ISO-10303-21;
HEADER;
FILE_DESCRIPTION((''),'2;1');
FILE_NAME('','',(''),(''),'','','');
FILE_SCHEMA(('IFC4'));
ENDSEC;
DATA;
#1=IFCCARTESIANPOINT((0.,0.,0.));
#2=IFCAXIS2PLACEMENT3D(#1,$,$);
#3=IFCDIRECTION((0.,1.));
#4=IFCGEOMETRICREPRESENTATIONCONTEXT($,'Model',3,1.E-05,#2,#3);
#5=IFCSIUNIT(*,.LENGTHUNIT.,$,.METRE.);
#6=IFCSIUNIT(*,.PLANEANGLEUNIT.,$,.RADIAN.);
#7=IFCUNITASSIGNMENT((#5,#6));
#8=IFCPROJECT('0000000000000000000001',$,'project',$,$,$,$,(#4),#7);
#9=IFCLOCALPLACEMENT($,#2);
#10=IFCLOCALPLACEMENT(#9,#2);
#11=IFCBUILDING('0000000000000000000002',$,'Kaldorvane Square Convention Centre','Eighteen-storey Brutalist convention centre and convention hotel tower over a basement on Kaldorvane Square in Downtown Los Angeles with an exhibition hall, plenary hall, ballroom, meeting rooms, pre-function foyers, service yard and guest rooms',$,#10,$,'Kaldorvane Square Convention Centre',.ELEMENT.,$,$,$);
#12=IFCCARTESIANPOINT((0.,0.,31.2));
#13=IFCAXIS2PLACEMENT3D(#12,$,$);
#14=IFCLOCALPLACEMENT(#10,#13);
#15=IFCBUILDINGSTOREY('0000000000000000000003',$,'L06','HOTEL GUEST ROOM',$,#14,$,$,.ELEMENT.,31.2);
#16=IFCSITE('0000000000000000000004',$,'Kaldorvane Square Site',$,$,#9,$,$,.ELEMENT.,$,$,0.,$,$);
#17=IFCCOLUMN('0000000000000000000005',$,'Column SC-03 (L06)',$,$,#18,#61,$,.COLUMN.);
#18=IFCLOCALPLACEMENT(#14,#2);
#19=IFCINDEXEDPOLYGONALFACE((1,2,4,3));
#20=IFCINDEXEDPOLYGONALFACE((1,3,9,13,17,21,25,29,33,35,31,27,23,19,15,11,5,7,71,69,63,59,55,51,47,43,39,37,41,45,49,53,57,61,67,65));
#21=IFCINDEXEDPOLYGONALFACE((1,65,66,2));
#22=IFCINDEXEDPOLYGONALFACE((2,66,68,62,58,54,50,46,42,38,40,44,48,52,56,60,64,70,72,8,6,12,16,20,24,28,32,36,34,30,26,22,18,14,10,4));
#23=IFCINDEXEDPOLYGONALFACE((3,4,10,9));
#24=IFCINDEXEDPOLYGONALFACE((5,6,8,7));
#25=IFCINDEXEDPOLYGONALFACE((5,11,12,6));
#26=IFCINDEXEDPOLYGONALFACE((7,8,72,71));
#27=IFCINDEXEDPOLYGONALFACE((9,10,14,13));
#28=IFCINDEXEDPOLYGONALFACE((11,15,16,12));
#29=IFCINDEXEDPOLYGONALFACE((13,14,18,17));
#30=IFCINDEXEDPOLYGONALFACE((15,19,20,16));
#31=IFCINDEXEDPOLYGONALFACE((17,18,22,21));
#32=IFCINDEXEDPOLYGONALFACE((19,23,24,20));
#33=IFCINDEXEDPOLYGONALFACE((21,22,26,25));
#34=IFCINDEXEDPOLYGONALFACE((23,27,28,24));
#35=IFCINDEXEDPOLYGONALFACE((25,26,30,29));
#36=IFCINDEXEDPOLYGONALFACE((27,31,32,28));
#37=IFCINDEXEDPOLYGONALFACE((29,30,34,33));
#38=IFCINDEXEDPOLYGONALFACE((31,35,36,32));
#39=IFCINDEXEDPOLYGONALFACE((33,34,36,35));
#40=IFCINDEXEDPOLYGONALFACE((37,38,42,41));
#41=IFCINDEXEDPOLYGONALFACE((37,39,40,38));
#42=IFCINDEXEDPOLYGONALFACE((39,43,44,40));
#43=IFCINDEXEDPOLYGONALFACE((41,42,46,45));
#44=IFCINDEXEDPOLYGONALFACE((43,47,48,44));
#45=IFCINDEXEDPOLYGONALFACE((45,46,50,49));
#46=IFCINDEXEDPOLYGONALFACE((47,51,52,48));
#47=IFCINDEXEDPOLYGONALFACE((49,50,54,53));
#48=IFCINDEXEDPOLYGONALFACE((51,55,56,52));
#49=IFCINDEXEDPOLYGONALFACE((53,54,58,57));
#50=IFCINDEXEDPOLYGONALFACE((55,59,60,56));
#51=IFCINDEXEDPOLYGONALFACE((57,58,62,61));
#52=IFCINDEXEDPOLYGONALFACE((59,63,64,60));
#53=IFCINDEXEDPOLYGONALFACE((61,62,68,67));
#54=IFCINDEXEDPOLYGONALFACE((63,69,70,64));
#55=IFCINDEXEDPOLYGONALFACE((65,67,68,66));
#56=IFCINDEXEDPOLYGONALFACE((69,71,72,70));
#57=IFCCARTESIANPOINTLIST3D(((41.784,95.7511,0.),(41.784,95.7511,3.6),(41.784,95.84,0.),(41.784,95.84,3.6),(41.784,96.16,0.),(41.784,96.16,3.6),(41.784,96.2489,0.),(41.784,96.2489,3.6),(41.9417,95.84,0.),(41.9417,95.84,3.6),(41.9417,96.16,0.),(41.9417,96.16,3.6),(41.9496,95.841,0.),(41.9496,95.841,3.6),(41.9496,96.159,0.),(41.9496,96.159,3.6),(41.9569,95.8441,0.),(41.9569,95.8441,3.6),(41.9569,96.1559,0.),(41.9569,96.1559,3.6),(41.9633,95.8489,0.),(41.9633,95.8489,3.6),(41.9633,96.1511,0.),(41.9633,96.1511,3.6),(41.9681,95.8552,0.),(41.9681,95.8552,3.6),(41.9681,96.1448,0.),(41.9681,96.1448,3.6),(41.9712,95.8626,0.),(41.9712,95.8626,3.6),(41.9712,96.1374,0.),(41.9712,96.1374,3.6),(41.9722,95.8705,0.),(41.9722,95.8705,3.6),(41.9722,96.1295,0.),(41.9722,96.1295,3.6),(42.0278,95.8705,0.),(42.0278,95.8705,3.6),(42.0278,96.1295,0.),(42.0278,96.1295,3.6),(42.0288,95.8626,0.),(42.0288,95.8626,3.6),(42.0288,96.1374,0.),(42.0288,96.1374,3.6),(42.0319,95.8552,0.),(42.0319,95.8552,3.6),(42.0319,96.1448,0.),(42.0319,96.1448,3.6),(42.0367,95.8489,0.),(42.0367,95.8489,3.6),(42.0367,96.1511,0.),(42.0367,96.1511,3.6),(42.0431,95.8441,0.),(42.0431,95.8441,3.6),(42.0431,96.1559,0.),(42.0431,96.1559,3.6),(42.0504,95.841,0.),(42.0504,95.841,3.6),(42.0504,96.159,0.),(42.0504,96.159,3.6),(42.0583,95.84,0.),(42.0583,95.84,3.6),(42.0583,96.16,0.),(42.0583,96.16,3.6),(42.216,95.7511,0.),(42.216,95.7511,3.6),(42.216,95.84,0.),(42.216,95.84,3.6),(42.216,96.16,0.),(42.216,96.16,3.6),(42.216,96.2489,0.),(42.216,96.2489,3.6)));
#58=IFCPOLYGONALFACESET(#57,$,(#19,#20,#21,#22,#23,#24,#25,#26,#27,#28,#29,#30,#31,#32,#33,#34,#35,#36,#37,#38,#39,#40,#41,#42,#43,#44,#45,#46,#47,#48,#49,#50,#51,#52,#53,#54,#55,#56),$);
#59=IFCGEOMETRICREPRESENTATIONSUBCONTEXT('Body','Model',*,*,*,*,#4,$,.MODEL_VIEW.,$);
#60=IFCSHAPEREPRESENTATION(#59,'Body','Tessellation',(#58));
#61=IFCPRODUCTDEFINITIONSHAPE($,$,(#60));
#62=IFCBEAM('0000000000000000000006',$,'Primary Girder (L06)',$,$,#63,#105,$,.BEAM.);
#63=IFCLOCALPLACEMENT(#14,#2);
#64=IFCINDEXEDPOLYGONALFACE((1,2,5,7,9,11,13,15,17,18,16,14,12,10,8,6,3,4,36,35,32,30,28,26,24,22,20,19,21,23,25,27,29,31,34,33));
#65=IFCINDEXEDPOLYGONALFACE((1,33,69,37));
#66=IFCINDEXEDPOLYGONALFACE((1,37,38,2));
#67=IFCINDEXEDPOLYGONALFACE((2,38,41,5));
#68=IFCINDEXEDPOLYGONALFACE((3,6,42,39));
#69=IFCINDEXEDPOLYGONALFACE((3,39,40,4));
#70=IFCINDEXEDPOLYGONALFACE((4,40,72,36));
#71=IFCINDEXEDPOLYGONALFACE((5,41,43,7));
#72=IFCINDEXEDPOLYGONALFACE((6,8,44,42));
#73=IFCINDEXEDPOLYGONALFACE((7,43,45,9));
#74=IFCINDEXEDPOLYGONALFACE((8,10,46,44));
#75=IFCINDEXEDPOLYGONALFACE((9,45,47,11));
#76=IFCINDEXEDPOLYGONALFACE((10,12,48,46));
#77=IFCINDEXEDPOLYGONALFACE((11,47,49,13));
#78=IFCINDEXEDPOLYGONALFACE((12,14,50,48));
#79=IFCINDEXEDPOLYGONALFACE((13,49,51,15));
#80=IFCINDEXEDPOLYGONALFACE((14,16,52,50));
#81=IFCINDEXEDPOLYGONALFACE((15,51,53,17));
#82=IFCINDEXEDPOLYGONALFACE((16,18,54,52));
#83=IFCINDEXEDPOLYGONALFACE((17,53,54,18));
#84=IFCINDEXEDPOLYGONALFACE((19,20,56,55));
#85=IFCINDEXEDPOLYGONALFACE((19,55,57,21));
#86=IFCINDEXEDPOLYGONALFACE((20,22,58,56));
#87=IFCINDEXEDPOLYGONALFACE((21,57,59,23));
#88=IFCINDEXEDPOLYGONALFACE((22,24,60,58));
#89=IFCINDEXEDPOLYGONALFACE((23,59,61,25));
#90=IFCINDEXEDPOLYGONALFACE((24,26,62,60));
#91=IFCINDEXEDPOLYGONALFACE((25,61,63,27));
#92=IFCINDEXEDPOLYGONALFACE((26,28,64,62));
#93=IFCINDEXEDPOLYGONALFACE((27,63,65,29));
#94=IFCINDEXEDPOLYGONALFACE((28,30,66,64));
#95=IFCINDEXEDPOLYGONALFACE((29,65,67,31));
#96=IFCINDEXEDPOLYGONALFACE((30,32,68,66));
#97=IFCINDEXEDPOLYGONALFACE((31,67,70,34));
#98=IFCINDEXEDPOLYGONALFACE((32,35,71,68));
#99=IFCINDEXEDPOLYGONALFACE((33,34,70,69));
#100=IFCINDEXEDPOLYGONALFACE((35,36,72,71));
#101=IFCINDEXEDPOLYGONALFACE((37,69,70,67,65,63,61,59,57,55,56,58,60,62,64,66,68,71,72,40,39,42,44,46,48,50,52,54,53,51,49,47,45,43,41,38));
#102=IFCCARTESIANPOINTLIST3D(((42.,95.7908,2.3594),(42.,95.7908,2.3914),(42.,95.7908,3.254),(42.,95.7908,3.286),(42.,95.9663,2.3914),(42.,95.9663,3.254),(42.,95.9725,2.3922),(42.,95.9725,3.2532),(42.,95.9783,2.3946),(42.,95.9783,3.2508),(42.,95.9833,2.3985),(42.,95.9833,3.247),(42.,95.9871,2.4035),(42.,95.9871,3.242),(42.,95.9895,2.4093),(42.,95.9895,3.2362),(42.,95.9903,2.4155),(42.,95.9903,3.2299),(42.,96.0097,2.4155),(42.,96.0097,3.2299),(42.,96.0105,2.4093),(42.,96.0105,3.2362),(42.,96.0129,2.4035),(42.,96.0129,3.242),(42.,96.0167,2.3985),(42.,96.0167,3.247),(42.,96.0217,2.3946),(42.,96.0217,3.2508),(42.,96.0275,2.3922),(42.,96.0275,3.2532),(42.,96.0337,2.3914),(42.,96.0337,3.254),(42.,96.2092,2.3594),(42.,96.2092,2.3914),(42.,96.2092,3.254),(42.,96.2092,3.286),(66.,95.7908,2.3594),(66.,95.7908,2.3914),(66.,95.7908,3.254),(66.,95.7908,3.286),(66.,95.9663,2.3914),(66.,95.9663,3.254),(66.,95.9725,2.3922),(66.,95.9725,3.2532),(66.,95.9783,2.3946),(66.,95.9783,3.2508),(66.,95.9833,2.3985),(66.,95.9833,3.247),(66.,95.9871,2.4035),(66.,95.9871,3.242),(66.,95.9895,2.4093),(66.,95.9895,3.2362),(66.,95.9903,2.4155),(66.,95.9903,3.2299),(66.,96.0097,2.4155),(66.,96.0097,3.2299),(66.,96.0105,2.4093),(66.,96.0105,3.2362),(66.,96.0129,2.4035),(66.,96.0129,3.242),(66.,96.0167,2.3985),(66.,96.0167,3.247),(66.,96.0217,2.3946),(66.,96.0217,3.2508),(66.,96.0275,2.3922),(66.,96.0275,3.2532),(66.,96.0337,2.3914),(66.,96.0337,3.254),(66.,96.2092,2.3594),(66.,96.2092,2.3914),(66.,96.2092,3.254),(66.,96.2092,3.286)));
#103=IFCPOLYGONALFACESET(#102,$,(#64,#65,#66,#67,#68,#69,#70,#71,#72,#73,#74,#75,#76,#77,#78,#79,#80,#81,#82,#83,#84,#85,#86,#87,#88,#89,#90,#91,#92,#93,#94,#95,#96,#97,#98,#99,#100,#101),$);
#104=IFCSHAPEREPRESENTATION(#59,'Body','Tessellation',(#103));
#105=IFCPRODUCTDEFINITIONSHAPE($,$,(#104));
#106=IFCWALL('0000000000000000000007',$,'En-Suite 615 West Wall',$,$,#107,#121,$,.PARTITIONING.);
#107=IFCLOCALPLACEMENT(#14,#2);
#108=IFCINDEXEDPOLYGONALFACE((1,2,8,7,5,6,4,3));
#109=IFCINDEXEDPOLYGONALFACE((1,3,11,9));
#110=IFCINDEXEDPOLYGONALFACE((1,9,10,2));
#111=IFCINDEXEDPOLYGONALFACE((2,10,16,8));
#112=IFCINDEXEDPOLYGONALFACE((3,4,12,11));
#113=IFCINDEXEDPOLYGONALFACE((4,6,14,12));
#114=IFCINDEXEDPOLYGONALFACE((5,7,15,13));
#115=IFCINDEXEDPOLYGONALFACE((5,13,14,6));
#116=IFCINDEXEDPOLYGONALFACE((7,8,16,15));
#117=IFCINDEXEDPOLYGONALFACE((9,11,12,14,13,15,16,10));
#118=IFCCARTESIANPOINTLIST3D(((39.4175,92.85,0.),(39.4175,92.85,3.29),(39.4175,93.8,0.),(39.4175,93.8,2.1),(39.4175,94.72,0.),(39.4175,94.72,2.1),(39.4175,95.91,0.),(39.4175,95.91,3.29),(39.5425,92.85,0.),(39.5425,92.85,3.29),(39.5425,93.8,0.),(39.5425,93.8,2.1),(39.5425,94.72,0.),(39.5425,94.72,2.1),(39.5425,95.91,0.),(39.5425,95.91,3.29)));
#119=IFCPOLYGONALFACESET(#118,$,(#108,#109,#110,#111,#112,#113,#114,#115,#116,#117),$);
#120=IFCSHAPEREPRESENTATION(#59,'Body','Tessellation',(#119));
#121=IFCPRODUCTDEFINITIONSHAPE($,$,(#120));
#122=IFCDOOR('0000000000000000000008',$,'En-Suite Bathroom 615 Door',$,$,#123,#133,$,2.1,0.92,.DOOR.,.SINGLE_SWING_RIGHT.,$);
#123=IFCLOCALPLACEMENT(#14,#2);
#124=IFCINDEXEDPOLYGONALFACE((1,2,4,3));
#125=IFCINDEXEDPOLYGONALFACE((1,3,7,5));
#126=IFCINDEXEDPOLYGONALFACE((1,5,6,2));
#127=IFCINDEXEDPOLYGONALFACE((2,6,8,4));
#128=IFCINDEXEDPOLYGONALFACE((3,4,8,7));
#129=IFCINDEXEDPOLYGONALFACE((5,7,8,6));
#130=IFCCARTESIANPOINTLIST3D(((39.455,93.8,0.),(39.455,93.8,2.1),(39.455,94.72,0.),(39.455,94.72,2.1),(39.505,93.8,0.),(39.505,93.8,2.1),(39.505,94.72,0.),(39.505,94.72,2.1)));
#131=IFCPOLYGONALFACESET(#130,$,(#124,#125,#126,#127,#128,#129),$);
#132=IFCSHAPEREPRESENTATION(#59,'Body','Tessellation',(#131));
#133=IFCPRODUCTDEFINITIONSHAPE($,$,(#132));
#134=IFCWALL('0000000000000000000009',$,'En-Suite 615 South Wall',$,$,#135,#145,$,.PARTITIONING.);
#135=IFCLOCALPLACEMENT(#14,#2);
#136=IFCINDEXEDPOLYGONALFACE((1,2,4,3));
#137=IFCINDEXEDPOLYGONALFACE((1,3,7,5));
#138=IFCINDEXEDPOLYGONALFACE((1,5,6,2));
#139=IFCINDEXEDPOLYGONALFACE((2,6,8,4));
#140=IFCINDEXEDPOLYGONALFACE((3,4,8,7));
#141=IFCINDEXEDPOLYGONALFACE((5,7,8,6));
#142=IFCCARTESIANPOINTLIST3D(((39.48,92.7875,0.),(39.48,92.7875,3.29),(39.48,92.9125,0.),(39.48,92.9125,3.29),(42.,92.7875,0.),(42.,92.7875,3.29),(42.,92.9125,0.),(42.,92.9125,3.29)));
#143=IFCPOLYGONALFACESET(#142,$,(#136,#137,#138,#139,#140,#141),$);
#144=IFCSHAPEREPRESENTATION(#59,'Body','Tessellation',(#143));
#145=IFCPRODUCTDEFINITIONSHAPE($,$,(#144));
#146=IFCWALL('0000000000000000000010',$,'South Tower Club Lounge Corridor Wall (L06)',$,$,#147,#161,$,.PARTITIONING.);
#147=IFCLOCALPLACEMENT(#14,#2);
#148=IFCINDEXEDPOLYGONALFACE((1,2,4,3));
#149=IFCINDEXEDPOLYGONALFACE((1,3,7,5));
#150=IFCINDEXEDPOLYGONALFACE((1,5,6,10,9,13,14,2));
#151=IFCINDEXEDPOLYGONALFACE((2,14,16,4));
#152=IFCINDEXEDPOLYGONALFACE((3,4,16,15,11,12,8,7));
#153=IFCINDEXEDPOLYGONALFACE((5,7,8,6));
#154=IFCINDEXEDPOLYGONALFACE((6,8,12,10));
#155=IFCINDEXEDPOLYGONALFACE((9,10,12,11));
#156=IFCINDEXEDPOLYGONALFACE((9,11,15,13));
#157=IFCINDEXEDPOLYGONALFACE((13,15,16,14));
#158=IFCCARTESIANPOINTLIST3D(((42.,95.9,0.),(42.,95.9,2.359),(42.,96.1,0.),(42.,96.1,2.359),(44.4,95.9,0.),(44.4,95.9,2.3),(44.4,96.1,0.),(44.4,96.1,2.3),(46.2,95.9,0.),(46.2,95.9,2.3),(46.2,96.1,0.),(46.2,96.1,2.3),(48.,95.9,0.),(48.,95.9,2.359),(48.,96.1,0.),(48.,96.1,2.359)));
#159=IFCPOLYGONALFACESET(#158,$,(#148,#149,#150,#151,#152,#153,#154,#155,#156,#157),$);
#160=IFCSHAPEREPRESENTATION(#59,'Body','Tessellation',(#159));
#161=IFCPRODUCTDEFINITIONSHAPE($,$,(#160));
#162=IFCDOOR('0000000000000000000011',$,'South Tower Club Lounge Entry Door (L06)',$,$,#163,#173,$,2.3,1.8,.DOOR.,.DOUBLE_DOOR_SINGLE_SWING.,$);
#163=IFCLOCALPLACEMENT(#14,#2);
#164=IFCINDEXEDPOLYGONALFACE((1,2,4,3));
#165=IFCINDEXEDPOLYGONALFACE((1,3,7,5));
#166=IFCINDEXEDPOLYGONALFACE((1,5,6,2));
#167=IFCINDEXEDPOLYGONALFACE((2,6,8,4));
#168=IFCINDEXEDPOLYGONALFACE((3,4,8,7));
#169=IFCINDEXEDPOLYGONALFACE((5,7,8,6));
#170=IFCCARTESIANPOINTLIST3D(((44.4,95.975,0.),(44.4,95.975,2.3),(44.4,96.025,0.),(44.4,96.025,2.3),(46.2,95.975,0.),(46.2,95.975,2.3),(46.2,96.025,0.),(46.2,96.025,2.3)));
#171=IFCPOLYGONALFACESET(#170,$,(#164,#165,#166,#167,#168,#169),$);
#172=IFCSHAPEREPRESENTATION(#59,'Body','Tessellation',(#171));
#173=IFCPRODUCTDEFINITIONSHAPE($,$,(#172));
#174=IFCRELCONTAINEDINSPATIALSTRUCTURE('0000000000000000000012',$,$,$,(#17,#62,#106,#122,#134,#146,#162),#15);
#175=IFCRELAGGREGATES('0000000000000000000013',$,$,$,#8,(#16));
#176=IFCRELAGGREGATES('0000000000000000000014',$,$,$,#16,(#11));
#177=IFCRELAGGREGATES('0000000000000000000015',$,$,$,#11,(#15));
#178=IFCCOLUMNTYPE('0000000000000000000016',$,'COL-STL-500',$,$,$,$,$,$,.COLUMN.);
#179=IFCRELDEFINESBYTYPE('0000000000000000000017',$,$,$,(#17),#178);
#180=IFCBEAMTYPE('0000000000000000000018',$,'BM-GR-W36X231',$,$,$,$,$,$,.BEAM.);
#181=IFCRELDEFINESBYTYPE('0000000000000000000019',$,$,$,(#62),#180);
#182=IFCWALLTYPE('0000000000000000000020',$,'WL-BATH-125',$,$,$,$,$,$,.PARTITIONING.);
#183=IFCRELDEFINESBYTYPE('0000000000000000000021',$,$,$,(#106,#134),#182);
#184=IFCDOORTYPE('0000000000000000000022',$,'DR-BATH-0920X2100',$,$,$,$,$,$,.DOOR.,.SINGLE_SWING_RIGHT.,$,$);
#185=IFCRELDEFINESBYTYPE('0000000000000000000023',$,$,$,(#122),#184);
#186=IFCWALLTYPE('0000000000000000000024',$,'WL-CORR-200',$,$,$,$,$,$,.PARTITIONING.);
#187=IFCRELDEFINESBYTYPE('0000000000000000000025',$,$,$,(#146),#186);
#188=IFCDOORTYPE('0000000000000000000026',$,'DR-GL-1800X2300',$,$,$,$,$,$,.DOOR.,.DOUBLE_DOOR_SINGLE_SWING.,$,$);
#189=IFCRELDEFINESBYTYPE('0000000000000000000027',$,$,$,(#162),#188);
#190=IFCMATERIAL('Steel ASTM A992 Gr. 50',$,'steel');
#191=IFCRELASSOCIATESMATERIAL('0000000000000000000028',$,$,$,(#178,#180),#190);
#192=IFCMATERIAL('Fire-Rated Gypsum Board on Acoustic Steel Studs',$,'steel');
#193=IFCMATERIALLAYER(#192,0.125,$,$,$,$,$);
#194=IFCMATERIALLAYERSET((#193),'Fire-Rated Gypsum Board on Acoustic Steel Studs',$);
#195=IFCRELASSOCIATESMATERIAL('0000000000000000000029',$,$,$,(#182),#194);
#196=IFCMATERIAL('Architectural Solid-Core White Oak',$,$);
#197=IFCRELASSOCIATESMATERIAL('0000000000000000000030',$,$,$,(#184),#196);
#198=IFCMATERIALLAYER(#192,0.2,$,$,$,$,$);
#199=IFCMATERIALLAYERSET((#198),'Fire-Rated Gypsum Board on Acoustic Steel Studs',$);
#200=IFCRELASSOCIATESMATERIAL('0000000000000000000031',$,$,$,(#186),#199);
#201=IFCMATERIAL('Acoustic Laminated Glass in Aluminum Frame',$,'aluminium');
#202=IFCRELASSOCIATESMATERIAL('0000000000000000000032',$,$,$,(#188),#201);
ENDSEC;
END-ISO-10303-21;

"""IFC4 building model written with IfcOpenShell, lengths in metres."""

from ifc_helpers import new_model, si_unit, direction, frame, frame_2d, origin, origin_2d, place, context, subcontext, project, spatial, rectangle, i_section, extrude, material, layer, layer_set, material_profile, profile_set, type_object, element, fill, save


model = new_model("IFC4")

# Units and contexts
model_context = context("Model", 3, precision=1e-05, world=origin(), true_north=direction((0.0, 1.0)))
body_context = subcontext(model_context, "Body", "Model", "MODEL_VIEW")
ifc_project = project(units=[si_unit("LENGTHUNIT", "METRE"), si_unit("PLANEANGLEUNIT", "RADIAN")], contexts=[model_context])

# Site, building, storey
site_placement = place(None, origin())
site = spatial("IfcSite", under=ifc_project, at=site_placement, Name="Kaldorvane Square Site", CompositionType="ELEMENT", RefElevation=0.0)
building_placement = place(site_placement, origin())
building = spatial("IfcBuilding", under=site, at=building_placement, Name="Kaldorvane Square Convention Centre", Description="Eighteen-storey Brutalist convention centre and convention hotel tower over a basement on Kaldorvane Square in Downtown Los Angeles with an exhibition hall, plenary hall, ballroom, meeting rooms, pre-function foyers, service yard and guest rooms", LongName="Kaldorvane Square Convention Centre", CompositionType="ELEMENT")
storey_placement = place(building_placement, frame((0.0, 0.0, 31.2)))
storey = spatial("IfcBuildingStorey", under=building, at=storey_placement, Name="L06", Description="HOTEL GUEST ROOM", CompositionType="ELEMENT", Elevation=31.2)

# Column
ifc_material_1 = material(Name="Steel ASTM A992 Gr. 50", Category="steel")
ifc_material_profile_1 = material_profile(ifc_material_1, i_section(OverallWidth=0.4321, OverallDepth=0.4978, WebThickness=0.0556, FlangeThickness=0.0889, FilletRadius=0.0305, at=origin_2d()), Name="W14X500")
ifc_profile_set_1 = profile_set([ifc_material_profile_1], Name="Steel ASTM A992 Gr. 50")
column_type = type_object("IfcColumnType", Name="COL-STL-500", PredefinedType="COLUMN", material=ifc_profile_set_1)
column_placement = place(storey_placement, frame((42.0, 96.0, 0.0), z_axis=(0.0, 0.0, 1.0), x_axis=(1.0, 0.0, 0.0)))
element("IfcColumn", 1, at=column_placement, inside=storey, type_object=column_type, Name="Column SC-03 (L06)", PredefinedType="COLUMN", context=body_context, shape_type="SweptSolid", body=[
    extrude(i_section(OverallWidth=0.4321, OverallDepth=0.4978, WebThickness=0.0556, FlangeThickness=0.0889, FilletRadius=0.0305, at=origin_2d()), origin(), (0.0, 0.0, 1.0), 3.6),
])

# Beam
ifc_material_profile_2 = material_profile(ifc_material_1, i_section(OverallWidth=0.4183, OverallDepth=0.9266, WebThickness=0.0193, FlangeThickness=0.032, FilletRadius=0.0241, at=origin_2d()), Name="W36X231")
ifc_profile_set_2 = profile_set([ifc_material_profile_2], Name="Steel ASTM A992 Gr. 50")
beam_type = type_object("IfcBeamType", Name="BM-GR-W36X231", PredefinedType="BEAM", material=ifc_profile_set_2)
beam_placement = place(storey_placement, frame((42.0, 96.0, 2.8227), z_axis=(1.0, 0.0, 0.0), x_axis=(0.0, 1.0, 0.0)))
element("IfcBeam", 2, at=beam_placement, inside=storey, type_object=beam_type, Name="Primary Girder (L06)", PredefinedType="BEAM", context=body_context, shape_type="SweptSolid", body=[
    extrude(i_section(OverallWidth=0.4183, OverallDepth=0.9266, WebThickness=0.0193, FlangeThickness=0.032, FilletRadius=0.0241, at=origin_2d()), origin(), (0.0, 0.0, 1.0), 24.0),
])

# Wall, opening, door
ifc_material_2 = material(Name="Fire-Rated Gypsum Board on Acoustic Steel Studs", Category="steel")
ifc_layer_1 = layer(ifc_material_2, 0.125)
ifc_layer_set_1 = layer_set([ifc_layer_1], Name="Fire-Rated Gypsum Board on Acoustic Steel Studs")
wall_type_1 = type_object("IfcWallType", Name="WL-BATH-125", PredefinedType="PARTITIONING", material=ifc_layer_set_1)
wall_1_placement = place(storey_placement, frame((39.48, 92.85, 0.0), z_axis=(0.0, 0.0, 1.0), x_axis=(0.0, 1.0, 0.0)))
wall_1 = element("IfcWall", 3, at=wall_1_placement, inside=storey, type_object=wall_type_1, Name="En-Suite 615 West Wall", PredefinedType="PARTITIONING", context=body_context, shape_type="SweptSolid", body=[
    extrude(rectangle(XDim=3.06, YDim=0.125, at=frame_2d((1.53, 0.0))), origin(), (0.0, 0.0, 1.0), 3.29),
])
opening_1_placement = place(wall_1_placement, frame((0.95, 0.0, 0.0)))
opening_1 = element("IfcOpeningElement", 4, at=opening_1_placement, cuts=wall_1, PredefinedType="OPENING", context=body_context, shape_type="SweptSolid", body=[
    extrude(rectangle(XDim=0.92, YDim=2.1, at=frame_2d((0.46, 1.05))), frame((0.0, 0.0775, 0.0), z_axis=(0.0, -1.0, 0.0), x_axis=(1.0, 0.0, 0.0)), (0.0, 0.0, 1.0), 0.155),
])
ifc_material_3 = material(Name="Architectural Solid-Core White Oak")
door_type_1 = type_object("IfcDoorType", Name="DR-BATH-0920X2100", OperationType="SINGLE_SWING_RIGHT", PredefinedType="DOOR", material=ifc_material_3)
door_1_placement = place(opening_1_placement, origin())
door_1 = element("IfcDoor", 5, at=door_1_placement, inside=storey, type_object=door_type_1, Name="En-Suite Bathroom 615 Door", OperationType="SINGLE_SWING_RIGHT", OverallHeight=2.1, OverallWidth=0.92, PredefinedType="DOOR", context=body_context, shape_type="SweptSolid", body=[
    extrude(rectangle(XDim=0.92, YDim=2.1, at=frame_2d((0.46, 1.05))), frame((0.0, 0.025, 0.0), z_axis=(0.0, -1.0, 0.0), x_axis=(1.0, 0.0, 0.0)), (0.0, 0.0, 1.0), 0.05),
])
fill(opening_1, door_1)

# Wall
wall_2_placement = place(storey_placement, frame((39.48, 92.85, 0.0), z_axis=(0.0, 0.0, 1.0), x_axis=(1.0, 0.0, 0.0)))
element("IfcWall", 6, at=wall_2_placement, inside=storey, type_object=wall_type_1, Name="En-Suite 615 South Wall", PredefinedType="PARTITIONING", context=body_context, shape_type="SweptSolid", body=[
    extrude(rectangle(XDim=2.52, YDim=0.125, at=frame_2d((1.26, 0.0))), origin(), (0.0, 0.0, 1.0), 3.29),
])

# Wall, opening, door
ifc_layer_2 = layer(ifc_material_2, 0.2)
ifc_layer_set_2 = layer_set([ifc_layer_2], Name="Fire-Rated Gypsum Board on Acoustic Steel Studs")
wall_type_2 = type_object("IfcWallType", Name="WL-CORR-200", PredefinedType="PARTITIONING", material=ifc_layer_set_2)
wall_3_placement = place(storey_placement, frame((42.0, 96.0, 0.0), z_axis=(0.0, 0.0, 1.0), x_axis=(1.0, 0.0, 0.0)))
wall_3 = element("IfcWall", 7, at=wall_3_placement, inside=storey, type_object=wall_type_2, Name="South Tower Club Lounge Corridor Wall (L06)", PredefinedType="PARTITIONING", context=body_context, shape_type="SweptSolid", body=[
    extrude(rectangle(XDim=6.0, YDim=0.2, at=frame_2d((3.0, 0.0))), origin(), (0.0, 0.0, 1.0), 2.359),
])
opening_2_placement = place(wall_3_placement, frame((2.4, 0.0, 0.0)))
opening_2 = element("IfcOpeningElement", 8, at=opening_2_placement, cuts=wall_3, PredefinedType="OPENING", context=body_context, shape_type="SweptSolid", body=[
    extrude(rectangle(XDim=1.8, YDim=2.3, at=frame_2d((0.9, 1.15))), frame((0.0, 0.115, 0.0), z_axis=(0.0, -1.0, 0.0), x_axis=(1.0, 0.0, 0.0)), (0.0, 0.0, 1.0), 0.23),
])
ifc_material_4 = material(Name="Acoustic Laminated Glass in Aluminum Frame", Category="aluminium")
door_type_2 = type_object("IfcDoorType", Name="DR-GL-1800X2300", OperationType="DOUBLE_DOOR_SINGLE_SWING", PredefinedType="DOOR", material=ifc_material_4)
door_2_placement = place(opening_2_placement, origin())
door_2 = element("IfcDoor", 9, at=door_2_placement, inside=storey, type_object=door_type_2, Name="South Tower Club Lounge Entry Door (L06)", OperationType="DOUBLE_DOOR_SINGLE_SWING", OverallHeight=2.3, OverallWidth=1.8, PredefinedType="DOOR", context=body_context, shape_type="SweptSolid", body=[
    extrude(rectangle(XDim=1.8, YDim=2.3, at=frame_2d((0.9, 1.15))), frame((0.0, 0.025, 0.0), z_axis=(0.0, -1.0, 0.0), x_axis=(1.0, 0.0, 0.0)), (0.0, 0.0, 1.0), 0.05),
])
fill(opening_2, door_2)

save(model, "model.ifc")
